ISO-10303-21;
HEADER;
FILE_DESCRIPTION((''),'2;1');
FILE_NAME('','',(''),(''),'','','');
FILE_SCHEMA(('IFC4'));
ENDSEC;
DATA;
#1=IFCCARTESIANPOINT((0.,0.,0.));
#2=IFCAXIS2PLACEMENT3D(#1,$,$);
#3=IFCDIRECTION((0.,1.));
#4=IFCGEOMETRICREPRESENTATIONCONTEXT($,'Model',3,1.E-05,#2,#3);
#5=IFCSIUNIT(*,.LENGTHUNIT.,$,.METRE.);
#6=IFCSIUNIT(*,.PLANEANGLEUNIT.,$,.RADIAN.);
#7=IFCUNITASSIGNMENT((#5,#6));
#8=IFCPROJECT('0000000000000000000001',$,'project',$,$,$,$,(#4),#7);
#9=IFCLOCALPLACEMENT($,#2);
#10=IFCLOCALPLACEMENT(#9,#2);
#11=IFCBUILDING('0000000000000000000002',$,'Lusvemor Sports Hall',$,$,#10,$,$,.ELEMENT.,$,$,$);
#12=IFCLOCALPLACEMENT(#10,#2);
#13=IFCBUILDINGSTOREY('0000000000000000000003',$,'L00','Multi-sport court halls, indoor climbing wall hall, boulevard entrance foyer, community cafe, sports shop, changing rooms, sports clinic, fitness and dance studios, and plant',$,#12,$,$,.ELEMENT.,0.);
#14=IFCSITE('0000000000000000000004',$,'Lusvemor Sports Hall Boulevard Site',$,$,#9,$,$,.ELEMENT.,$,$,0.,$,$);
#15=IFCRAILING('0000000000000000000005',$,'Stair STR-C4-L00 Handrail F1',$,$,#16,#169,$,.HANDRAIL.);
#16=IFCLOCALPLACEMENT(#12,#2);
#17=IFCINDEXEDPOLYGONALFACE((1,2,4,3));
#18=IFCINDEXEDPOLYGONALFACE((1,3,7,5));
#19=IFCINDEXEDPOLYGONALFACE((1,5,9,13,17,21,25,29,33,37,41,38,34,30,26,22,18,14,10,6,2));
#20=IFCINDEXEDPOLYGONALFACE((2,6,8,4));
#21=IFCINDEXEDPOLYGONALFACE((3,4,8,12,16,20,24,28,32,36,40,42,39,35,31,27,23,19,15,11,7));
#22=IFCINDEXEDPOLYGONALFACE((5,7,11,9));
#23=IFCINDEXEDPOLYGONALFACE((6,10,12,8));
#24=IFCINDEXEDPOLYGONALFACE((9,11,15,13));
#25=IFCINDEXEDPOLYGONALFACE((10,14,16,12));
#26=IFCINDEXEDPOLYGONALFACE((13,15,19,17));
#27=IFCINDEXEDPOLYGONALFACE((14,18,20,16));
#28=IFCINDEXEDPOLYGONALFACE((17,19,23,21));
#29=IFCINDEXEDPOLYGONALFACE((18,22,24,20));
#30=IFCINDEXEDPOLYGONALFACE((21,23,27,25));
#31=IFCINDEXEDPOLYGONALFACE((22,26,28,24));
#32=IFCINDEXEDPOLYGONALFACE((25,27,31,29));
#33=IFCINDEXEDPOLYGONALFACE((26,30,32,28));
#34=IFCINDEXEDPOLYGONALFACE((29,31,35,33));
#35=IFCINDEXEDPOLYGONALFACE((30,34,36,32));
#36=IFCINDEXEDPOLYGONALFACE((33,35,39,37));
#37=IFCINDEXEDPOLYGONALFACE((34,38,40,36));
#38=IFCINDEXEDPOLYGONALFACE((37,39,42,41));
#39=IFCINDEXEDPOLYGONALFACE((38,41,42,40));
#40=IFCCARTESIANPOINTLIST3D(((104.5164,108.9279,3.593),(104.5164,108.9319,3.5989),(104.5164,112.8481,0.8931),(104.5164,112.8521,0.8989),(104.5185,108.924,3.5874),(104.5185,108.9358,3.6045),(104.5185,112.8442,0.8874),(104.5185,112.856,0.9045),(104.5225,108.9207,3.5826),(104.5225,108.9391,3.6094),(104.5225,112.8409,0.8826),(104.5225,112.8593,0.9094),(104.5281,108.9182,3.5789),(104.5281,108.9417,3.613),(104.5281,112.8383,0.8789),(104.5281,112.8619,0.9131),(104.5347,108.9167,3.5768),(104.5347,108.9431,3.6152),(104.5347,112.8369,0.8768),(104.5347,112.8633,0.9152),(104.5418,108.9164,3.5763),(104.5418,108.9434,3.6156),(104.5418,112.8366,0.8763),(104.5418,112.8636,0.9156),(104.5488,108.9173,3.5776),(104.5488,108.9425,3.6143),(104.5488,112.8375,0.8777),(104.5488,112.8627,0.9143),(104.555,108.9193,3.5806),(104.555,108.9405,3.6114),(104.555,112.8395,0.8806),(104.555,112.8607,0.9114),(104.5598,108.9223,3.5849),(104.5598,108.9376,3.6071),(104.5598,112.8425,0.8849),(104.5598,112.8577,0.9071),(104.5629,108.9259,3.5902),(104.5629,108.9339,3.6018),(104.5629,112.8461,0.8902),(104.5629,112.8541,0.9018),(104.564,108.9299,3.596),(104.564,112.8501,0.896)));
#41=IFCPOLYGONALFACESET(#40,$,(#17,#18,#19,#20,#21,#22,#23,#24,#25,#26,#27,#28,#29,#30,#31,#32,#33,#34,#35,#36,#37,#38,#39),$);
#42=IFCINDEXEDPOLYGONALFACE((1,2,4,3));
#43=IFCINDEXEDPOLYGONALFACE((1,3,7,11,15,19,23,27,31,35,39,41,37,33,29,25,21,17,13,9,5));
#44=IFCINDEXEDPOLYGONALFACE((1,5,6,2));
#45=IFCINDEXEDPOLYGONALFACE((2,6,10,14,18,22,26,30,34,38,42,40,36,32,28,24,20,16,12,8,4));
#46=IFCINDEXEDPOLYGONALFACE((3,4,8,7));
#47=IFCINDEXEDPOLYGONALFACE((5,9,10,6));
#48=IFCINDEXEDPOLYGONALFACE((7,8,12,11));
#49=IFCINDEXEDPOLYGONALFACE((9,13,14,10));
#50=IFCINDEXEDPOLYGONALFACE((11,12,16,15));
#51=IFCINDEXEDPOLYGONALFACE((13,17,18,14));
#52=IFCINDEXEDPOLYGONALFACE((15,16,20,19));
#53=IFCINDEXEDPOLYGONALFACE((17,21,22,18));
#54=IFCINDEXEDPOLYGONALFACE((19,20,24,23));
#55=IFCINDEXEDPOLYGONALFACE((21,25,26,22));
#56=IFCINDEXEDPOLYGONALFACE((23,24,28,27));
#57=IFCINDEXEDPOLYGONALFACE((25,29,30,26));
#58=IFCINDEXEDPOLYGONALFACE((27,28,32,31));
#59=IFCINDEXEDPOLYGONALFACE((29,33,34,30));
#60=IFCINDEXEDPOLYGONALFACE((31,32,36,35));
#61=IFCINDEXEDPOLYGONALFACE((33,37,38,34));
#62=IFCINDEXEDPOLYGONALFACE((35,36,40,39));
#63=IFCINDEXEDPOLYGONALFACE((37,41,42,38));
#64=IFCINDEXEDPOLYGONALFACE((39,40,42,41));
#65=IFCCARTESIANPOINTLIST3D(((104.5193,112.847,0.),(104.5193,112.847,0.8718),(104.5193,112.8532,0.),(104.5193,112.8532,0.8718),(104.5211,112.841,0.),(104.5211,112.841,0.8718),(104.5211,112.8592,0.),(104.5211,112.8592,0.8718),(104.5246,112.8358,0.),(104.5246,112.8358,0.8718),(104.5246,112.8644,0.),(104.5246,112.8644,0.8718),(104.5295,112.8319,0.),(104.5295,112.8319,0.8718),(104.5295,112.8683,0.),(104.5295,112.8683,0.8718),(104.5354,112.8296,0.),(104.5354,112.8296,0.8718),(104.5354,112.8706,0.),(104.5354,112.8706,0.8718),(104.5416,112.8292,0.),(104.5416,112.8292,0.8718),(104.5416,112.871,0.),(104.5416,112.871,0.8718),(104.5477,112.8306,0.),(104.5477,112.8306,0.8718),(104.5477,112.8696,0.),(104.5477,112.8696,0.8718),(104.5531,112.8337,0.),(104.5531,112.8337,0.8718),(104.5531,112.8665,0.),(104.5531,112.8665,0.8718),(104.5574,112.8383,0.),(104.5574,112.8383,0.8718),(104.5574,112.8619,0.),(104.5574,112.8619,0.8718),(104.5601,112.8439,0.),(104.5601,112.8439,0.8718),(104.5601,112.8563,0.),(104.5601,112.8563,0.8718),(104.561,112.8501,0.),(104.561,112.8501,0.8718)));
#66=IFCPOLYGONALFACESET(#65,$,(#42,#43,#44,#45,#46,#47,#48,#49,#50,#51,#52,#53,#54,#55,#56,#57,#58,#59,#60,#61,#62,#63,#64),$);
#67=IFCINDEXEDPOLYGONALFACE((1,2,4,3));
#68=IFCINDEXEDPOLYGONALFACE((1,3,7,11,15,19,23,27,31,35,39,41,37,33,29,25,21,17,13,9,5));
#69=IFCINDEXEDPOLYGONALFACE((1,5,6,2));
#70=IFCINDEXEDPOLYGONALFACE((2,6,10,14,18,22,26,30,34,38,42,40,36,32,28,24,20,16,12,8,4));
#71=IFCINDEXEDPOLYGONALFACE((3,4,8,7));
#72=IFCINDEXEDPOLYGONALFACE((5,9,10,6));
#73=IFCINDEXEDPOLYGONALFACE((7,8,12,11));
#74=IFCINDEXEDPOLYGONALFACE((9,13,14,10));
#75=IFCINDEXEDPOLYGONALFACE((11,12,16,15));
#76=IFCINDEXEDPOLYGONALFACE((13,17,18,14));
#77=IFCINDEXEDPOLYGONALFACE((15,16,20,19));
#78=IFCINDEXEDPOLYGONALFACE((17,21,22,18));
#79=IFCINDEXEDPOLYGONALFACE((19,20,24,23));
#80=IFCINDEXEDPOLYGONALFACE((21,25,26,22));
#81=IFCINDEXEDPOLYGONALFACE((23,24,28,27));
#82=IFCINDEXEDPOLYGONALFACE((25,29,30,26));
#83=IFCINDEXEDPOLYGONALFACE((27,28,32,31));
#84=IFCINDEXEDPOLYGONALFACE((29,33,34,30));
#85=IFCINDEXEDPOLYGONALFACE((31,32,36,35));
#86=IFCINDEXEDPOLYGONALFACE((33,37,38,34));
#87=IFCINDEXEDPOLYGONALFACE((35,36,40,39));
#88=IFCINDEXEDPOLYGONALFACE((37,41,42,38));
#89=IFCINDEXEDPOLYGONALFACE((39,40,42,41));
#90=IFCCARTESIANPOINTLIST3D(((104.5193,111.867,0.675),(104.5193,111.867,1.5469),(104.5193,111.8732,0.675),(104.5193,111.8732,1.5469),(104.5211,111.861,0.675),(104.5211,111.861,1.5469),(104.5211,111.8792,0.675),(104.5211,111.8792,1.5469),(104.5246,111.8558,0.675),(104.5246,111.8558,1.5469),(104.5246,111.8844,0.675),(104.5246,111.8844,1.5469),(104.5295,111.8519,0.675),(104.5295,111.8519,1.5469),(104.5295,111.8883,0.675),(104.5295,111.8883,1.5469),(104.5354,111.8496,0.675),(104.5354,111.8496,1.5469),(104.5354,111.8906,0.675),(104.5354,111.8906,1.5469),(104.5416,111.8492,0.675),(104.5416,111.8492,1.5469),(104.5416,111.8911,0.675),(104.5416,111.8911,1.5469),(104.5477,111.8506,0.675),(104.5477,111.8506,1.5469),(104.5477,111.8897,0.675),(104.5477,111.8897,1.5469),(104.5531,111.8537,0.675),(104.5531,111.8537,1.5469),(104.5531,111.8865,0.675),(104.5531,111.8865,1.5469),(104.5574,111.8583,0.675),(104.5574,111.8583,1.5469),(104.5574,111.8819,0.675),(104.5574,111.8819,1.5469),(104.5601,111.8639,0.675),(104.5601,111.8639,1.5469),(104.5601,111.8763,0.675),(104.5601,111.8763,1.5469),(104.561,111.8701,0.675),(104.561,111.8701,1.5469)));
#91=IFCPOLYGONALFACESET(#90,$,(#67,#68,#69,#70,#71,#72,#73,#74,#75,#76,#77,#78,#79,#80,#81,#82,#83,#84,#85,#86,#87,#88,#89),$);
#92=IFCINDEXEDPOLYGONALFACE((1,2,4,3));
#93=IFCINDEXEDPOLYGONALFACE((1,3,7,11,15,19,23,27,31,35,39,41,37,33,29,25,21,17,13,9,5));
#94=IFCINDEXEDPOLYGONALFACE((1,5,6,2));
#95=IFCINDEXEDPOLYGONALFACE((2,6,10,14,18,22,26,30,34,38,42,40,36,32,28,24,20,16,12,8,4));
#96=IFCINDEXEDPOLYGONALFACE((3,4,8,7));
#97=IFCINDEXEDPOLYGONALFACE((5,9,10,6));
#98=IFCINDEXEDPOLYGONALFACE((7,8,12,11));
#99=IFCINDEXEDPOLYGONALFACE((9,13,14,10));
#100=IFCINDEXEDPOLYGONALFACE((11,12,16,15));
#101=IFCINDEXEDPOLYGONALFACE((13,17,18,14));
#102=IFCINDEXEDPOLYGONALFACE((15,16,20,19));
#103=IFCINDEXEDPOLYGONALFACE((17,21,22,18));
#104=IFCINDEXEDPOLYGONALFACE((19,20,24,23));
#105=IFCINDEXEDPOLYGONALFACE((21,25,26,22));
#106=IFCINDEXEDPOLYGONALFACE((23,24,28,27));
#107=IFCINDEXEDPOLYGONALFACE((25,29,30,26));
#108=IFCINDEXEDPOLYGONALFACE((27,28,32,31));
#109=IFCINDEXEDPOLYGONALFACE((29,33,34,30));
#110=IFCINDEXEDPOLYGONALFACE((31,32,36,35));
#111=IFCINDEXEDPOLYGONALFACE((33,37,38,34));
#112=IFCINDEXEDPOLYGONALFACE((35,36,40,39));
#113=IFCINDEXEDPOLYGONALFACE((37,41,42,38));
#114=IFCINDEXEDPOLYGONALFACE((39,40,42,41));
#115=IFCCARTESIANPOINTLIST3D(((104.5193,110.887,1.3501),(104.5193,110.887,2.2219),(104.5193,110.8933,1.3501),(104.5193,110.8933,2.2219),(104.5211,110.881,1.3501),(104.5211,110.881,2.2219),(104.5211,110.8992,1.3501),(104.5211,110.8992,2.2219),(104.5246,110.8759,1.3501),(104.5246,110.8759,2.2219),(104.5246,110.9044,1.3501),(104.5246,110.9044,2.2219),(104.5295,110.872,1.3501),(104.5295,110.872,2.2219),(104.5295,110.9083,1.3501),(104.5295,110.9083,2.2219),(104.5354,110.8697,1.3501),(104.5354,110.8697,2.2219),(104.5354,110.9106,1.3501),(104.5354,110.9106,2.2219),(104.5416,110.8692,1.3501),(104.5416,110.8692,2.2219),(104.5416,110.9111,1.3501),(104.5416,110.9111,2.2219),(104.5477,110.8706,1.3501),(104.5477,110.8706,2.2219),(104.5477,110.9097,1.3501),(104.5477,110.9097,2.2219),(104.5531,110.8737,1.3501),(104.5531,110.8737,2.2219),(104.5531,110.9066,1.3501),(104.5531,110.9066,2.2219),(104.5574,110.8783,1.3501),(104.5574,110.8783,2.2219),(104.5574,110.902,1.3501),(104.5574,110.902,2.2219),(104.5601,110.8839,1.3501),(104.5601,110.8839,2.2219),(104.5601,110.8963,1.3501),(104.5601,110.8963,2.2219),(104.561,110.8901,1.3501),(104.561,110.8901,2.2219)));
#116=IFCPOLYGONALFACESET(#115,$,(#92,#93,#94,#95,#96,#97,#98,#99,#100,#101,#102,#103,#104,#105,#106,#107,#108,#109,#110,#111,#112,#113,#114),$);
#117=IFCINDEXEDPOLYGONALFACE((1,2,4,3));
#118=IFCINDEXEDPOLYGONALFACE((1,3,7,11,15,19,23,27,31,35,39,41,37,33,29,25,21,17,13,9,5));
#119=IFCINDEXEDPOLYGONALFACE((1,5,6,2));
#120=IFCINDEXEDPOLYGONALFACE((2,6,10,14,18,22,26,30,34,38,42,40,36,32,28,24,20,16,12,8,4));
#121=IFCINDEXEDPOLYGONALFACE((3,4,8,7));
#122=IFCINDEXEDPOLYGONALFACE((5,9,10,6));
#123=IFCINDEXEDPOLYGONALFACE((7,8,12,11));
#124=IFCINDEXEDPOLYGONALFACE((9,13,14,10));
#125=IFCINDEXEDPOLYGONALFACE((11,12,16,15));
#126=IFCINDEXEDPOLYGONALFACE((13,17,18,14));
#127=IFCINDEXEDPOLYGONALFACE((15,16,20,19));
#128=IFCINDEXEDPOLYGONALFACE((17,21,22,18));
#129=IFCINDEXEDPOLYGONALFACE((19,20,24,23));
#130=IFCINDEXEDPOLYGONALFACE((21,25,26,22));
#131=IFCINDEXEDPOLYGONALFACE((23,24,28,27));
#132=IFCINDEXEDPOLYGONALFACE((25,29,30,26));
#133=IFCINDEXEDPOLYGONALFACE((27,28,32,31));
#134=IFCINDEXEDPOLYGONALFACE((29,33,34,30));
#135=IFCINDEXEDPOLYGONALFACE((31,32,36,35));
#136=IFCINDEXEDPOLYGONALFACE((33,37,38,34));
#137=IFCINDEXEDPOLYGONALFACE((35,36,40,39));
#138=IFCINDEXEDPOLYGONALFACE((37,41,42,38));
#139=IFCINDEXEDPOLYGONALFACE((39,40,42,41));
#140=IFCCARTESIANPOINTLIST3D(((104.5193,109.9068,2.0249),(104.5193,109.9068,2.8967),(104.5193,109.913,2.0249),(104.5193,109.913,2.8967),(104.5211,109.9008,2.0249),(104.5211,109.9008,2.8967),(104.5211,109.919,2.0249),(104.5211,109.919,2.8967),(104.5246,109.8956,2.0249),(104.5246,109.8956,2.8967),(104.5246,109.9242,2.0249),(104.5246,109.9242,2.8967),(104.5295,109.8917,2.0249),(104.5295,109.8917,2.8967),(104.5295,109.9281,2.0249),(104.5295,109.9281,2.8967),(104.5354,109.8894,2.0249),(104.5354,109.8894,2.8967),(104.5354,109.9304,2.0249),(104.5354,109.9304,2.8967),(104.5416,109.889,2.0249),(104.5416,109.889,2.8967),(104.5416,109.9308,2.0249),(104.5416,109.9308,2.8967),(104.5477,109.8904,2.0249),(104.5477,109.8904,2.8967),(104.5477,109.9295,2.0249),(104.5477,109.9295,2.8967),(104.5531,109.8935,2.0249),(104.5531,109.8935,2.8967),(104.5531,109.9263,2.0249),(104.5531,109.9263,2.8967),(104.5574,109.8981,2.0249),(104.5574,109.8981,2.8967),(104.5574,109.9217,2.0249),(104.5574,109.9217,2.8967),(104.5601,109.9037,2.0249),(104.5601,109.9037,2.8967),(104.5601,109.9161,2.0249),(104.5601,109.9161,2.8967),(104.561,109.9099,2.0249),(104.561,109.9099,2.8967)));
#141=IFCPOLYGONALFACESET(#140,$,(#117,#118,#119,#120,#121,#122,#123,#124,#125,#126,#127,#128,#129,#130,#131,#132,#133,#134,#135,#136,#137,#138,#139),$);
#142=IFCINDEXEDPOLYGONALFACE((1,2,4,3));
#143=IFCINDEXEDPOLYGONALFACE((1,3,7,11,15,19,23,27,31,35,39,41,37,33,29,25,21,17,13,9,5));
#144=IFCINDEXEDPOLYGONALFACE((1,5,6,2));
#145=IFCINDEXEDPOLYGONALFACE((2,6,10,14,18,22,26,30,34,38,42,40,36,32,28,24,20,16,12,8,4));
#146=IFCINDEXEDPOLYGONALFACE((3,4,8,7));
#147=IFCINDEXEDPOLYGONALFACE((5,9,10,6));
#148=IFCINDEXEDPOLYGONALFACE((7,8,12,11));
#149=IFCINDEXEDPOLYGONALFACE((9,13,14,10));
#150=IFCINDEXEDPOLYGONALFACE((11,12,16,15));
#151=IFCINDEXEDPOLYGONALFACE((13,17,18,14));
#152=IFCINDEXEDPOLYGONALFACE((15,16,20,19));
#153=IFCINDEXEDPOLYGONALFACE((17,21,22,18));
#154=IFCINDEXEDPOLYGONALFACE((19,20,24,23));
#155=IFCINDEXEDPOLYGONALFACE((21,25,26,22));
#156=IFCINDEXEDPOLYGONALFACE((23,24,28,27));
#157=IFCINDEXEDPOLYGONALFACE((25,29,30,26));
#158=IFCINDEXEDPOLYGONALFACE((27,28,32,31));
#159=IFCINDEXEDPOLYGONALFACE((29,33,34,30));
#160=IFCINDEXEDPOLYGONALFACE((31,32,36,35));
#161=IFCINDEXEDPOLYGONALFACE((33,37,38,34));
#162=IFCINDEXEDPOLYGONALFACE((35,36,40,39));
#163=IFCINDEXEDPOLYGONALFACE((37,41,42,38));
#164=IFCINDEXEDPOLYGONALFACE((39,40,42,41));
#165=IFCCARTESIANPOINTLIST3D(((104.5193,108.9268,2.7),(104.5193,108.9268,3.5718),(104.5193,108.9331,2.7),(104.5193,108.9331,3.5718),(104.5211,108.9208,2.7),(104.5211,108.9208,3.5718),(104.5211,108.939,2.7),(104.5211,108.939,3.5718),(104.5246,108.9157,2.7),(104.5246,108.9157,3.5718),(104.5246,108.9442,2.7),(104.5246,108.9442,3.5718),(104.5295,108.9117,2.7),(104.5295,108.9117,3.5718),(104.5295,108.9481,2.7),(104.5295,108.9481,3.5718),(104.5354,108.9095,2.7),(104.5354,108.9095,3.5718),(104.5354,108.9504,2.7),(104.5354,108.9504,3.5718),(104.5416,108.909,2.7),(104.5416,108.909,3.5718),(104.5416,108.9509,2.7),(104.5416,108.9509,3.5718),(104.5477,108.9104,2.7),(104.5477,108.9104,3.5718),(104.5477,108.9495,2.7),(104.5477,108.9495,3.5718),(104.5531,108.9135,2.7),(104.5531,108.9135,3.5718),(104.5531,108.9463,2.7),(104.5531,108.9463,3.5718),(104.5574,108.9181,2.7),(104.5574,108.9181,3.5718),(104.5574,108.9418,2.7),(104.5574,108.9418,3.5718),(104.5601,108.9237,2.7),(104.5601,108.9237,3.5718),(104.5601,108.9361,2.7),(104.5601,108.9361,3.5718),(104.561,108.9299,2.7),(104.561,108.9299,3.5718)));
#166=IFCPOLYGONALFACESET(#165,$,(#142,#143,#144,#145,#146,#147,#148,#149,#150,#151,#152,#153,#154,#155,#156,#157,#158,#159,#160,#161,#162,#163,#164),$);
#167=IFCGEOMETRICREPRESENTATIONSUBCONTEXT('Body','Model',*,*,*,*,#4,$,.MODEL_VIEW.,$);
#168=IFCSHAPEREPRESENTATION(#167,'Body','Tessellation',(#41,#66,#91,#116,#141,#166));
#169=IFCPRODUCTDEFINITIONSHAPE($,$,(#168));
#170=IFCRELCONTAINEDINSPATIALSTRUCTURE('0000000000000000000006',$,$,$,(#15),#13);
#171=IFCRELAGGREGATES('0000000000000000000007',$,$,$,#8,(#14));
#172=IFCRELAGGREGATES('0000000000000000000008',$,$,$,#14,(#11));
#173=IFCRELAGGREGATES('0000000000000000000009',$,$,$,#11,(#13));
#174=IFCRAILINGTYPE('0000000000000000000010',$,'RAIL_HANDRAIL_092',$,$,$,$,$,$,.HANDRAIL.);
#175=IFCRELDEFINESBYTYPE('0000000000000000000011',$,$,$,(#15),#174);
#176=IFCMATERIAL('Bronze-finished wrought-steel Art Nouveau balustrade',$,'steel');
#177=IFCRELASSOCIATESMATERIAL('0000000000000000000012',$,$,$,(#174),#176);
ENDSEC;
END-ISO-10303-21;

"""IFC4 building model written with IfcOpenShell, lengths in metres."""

from ifc_helpers import new_model, si_unit, direction, frame, origin, origin_2d, place, context, subcontext, project, spatial, circle, extrude, material, type_object, element, save


model = new_model("IFC4")

# Units and contexts
model_context = context("Model", 3, precision=1e-05, world=origin(), true_north=direction((0.0, 1.0)))
body_context = subcontext(model_context, "Body", "Model", "MODEL_VIEW")
ifc_project = project(units=[si_unit("LENGTHUNIT", "METRE"), si_unit("PLANEANGLEUNIT", "RADIAN")], contexts=[model_context])

# Site, building, storey
site_placement = place(None, origin())
site = spatial("IfcSite", under=ifc_project, at=site_placement, Name="Lusvemor Sports Hall Boulevard Site", CompositionType="ELEMENT", RefElevation=0.0)
building_placement = place(site_placement, origin())
building = spatial("IfcBuilding", under=site, at=building_placement, Name="Lusvemor Sports Hall", CompositionType="ELEMENT")
storey_placement = place(building_placement, origin())
storey = spatial("IfcBuildingStorey", under=building, at=storey_placement, Name="L00", Description="Multi-sport court halls, indoor climbing wall hall, boulevard entrance foyer, community cafe, sports shop, changing rooms, sports clinic, fitness and dance studios, and plant", CompositionType="ELEMENT", Elevation=0.0)

# Railing
ifc_material_1 = material(Name="Bronze-finished wrought-steel Art Nouveau balustrade", Category="steel")
railing_type_1 = type_object("IfcRailingType", Name="RAIL_HANDRAIL_092", PredefinedType="HANDRAIL", material=ifc_material_1)
railing_1_placement = place(storey_placement, frame((104.54, 112.8501, 0.0)))
element("IfcRailing", 1, at=railing_1_placement, inside=storey, type_object=railing_type_1, Name="Stair STR-C4-L00 Handrail F1", PredefinedType="HANDRAIL", context=body_context, shape_type="SweptSolid", body=[
    extrude(circle(Radius=0.0239, at=origin_2d()), frame((0.0, 0.0, 0.896), z_axis=(0.0, -0.823567, 0.567219), x_axis=(1.0, 0.0, 0.0)), (0.0, 0.0, 1.0), 4.76),
    extrude(circle(Radius=0.021, at=origin_2d()), origin(), (0.0, 0.0, 1.0), 0.8718),
    extrude(circle(Radius=0.021, at=origin_2d()), frame((0.0, -0.98, 0.675)), (0.0, 0.0, 1.0), 0.8718),
    extrude(circle(Radius=0.021, at=origin_2d()), frame((0.0, -1.96, 1.3501)), (0.0, 0.0, 1.0), 0.8718),
    extrude(circle(Radius=0.021, at=origin_2d()), frame((0.0, -2.9402, 2.0249)), (0.0, 0.0, 1.0), 0.8718),
    extrude(circle(Radius=0.021, at=origin_2d()), frame((0.0, -3.9202, 2.7)), (0.0, 0.0, 1.0), 0.8718),
])

save(model, "model.ifc")
